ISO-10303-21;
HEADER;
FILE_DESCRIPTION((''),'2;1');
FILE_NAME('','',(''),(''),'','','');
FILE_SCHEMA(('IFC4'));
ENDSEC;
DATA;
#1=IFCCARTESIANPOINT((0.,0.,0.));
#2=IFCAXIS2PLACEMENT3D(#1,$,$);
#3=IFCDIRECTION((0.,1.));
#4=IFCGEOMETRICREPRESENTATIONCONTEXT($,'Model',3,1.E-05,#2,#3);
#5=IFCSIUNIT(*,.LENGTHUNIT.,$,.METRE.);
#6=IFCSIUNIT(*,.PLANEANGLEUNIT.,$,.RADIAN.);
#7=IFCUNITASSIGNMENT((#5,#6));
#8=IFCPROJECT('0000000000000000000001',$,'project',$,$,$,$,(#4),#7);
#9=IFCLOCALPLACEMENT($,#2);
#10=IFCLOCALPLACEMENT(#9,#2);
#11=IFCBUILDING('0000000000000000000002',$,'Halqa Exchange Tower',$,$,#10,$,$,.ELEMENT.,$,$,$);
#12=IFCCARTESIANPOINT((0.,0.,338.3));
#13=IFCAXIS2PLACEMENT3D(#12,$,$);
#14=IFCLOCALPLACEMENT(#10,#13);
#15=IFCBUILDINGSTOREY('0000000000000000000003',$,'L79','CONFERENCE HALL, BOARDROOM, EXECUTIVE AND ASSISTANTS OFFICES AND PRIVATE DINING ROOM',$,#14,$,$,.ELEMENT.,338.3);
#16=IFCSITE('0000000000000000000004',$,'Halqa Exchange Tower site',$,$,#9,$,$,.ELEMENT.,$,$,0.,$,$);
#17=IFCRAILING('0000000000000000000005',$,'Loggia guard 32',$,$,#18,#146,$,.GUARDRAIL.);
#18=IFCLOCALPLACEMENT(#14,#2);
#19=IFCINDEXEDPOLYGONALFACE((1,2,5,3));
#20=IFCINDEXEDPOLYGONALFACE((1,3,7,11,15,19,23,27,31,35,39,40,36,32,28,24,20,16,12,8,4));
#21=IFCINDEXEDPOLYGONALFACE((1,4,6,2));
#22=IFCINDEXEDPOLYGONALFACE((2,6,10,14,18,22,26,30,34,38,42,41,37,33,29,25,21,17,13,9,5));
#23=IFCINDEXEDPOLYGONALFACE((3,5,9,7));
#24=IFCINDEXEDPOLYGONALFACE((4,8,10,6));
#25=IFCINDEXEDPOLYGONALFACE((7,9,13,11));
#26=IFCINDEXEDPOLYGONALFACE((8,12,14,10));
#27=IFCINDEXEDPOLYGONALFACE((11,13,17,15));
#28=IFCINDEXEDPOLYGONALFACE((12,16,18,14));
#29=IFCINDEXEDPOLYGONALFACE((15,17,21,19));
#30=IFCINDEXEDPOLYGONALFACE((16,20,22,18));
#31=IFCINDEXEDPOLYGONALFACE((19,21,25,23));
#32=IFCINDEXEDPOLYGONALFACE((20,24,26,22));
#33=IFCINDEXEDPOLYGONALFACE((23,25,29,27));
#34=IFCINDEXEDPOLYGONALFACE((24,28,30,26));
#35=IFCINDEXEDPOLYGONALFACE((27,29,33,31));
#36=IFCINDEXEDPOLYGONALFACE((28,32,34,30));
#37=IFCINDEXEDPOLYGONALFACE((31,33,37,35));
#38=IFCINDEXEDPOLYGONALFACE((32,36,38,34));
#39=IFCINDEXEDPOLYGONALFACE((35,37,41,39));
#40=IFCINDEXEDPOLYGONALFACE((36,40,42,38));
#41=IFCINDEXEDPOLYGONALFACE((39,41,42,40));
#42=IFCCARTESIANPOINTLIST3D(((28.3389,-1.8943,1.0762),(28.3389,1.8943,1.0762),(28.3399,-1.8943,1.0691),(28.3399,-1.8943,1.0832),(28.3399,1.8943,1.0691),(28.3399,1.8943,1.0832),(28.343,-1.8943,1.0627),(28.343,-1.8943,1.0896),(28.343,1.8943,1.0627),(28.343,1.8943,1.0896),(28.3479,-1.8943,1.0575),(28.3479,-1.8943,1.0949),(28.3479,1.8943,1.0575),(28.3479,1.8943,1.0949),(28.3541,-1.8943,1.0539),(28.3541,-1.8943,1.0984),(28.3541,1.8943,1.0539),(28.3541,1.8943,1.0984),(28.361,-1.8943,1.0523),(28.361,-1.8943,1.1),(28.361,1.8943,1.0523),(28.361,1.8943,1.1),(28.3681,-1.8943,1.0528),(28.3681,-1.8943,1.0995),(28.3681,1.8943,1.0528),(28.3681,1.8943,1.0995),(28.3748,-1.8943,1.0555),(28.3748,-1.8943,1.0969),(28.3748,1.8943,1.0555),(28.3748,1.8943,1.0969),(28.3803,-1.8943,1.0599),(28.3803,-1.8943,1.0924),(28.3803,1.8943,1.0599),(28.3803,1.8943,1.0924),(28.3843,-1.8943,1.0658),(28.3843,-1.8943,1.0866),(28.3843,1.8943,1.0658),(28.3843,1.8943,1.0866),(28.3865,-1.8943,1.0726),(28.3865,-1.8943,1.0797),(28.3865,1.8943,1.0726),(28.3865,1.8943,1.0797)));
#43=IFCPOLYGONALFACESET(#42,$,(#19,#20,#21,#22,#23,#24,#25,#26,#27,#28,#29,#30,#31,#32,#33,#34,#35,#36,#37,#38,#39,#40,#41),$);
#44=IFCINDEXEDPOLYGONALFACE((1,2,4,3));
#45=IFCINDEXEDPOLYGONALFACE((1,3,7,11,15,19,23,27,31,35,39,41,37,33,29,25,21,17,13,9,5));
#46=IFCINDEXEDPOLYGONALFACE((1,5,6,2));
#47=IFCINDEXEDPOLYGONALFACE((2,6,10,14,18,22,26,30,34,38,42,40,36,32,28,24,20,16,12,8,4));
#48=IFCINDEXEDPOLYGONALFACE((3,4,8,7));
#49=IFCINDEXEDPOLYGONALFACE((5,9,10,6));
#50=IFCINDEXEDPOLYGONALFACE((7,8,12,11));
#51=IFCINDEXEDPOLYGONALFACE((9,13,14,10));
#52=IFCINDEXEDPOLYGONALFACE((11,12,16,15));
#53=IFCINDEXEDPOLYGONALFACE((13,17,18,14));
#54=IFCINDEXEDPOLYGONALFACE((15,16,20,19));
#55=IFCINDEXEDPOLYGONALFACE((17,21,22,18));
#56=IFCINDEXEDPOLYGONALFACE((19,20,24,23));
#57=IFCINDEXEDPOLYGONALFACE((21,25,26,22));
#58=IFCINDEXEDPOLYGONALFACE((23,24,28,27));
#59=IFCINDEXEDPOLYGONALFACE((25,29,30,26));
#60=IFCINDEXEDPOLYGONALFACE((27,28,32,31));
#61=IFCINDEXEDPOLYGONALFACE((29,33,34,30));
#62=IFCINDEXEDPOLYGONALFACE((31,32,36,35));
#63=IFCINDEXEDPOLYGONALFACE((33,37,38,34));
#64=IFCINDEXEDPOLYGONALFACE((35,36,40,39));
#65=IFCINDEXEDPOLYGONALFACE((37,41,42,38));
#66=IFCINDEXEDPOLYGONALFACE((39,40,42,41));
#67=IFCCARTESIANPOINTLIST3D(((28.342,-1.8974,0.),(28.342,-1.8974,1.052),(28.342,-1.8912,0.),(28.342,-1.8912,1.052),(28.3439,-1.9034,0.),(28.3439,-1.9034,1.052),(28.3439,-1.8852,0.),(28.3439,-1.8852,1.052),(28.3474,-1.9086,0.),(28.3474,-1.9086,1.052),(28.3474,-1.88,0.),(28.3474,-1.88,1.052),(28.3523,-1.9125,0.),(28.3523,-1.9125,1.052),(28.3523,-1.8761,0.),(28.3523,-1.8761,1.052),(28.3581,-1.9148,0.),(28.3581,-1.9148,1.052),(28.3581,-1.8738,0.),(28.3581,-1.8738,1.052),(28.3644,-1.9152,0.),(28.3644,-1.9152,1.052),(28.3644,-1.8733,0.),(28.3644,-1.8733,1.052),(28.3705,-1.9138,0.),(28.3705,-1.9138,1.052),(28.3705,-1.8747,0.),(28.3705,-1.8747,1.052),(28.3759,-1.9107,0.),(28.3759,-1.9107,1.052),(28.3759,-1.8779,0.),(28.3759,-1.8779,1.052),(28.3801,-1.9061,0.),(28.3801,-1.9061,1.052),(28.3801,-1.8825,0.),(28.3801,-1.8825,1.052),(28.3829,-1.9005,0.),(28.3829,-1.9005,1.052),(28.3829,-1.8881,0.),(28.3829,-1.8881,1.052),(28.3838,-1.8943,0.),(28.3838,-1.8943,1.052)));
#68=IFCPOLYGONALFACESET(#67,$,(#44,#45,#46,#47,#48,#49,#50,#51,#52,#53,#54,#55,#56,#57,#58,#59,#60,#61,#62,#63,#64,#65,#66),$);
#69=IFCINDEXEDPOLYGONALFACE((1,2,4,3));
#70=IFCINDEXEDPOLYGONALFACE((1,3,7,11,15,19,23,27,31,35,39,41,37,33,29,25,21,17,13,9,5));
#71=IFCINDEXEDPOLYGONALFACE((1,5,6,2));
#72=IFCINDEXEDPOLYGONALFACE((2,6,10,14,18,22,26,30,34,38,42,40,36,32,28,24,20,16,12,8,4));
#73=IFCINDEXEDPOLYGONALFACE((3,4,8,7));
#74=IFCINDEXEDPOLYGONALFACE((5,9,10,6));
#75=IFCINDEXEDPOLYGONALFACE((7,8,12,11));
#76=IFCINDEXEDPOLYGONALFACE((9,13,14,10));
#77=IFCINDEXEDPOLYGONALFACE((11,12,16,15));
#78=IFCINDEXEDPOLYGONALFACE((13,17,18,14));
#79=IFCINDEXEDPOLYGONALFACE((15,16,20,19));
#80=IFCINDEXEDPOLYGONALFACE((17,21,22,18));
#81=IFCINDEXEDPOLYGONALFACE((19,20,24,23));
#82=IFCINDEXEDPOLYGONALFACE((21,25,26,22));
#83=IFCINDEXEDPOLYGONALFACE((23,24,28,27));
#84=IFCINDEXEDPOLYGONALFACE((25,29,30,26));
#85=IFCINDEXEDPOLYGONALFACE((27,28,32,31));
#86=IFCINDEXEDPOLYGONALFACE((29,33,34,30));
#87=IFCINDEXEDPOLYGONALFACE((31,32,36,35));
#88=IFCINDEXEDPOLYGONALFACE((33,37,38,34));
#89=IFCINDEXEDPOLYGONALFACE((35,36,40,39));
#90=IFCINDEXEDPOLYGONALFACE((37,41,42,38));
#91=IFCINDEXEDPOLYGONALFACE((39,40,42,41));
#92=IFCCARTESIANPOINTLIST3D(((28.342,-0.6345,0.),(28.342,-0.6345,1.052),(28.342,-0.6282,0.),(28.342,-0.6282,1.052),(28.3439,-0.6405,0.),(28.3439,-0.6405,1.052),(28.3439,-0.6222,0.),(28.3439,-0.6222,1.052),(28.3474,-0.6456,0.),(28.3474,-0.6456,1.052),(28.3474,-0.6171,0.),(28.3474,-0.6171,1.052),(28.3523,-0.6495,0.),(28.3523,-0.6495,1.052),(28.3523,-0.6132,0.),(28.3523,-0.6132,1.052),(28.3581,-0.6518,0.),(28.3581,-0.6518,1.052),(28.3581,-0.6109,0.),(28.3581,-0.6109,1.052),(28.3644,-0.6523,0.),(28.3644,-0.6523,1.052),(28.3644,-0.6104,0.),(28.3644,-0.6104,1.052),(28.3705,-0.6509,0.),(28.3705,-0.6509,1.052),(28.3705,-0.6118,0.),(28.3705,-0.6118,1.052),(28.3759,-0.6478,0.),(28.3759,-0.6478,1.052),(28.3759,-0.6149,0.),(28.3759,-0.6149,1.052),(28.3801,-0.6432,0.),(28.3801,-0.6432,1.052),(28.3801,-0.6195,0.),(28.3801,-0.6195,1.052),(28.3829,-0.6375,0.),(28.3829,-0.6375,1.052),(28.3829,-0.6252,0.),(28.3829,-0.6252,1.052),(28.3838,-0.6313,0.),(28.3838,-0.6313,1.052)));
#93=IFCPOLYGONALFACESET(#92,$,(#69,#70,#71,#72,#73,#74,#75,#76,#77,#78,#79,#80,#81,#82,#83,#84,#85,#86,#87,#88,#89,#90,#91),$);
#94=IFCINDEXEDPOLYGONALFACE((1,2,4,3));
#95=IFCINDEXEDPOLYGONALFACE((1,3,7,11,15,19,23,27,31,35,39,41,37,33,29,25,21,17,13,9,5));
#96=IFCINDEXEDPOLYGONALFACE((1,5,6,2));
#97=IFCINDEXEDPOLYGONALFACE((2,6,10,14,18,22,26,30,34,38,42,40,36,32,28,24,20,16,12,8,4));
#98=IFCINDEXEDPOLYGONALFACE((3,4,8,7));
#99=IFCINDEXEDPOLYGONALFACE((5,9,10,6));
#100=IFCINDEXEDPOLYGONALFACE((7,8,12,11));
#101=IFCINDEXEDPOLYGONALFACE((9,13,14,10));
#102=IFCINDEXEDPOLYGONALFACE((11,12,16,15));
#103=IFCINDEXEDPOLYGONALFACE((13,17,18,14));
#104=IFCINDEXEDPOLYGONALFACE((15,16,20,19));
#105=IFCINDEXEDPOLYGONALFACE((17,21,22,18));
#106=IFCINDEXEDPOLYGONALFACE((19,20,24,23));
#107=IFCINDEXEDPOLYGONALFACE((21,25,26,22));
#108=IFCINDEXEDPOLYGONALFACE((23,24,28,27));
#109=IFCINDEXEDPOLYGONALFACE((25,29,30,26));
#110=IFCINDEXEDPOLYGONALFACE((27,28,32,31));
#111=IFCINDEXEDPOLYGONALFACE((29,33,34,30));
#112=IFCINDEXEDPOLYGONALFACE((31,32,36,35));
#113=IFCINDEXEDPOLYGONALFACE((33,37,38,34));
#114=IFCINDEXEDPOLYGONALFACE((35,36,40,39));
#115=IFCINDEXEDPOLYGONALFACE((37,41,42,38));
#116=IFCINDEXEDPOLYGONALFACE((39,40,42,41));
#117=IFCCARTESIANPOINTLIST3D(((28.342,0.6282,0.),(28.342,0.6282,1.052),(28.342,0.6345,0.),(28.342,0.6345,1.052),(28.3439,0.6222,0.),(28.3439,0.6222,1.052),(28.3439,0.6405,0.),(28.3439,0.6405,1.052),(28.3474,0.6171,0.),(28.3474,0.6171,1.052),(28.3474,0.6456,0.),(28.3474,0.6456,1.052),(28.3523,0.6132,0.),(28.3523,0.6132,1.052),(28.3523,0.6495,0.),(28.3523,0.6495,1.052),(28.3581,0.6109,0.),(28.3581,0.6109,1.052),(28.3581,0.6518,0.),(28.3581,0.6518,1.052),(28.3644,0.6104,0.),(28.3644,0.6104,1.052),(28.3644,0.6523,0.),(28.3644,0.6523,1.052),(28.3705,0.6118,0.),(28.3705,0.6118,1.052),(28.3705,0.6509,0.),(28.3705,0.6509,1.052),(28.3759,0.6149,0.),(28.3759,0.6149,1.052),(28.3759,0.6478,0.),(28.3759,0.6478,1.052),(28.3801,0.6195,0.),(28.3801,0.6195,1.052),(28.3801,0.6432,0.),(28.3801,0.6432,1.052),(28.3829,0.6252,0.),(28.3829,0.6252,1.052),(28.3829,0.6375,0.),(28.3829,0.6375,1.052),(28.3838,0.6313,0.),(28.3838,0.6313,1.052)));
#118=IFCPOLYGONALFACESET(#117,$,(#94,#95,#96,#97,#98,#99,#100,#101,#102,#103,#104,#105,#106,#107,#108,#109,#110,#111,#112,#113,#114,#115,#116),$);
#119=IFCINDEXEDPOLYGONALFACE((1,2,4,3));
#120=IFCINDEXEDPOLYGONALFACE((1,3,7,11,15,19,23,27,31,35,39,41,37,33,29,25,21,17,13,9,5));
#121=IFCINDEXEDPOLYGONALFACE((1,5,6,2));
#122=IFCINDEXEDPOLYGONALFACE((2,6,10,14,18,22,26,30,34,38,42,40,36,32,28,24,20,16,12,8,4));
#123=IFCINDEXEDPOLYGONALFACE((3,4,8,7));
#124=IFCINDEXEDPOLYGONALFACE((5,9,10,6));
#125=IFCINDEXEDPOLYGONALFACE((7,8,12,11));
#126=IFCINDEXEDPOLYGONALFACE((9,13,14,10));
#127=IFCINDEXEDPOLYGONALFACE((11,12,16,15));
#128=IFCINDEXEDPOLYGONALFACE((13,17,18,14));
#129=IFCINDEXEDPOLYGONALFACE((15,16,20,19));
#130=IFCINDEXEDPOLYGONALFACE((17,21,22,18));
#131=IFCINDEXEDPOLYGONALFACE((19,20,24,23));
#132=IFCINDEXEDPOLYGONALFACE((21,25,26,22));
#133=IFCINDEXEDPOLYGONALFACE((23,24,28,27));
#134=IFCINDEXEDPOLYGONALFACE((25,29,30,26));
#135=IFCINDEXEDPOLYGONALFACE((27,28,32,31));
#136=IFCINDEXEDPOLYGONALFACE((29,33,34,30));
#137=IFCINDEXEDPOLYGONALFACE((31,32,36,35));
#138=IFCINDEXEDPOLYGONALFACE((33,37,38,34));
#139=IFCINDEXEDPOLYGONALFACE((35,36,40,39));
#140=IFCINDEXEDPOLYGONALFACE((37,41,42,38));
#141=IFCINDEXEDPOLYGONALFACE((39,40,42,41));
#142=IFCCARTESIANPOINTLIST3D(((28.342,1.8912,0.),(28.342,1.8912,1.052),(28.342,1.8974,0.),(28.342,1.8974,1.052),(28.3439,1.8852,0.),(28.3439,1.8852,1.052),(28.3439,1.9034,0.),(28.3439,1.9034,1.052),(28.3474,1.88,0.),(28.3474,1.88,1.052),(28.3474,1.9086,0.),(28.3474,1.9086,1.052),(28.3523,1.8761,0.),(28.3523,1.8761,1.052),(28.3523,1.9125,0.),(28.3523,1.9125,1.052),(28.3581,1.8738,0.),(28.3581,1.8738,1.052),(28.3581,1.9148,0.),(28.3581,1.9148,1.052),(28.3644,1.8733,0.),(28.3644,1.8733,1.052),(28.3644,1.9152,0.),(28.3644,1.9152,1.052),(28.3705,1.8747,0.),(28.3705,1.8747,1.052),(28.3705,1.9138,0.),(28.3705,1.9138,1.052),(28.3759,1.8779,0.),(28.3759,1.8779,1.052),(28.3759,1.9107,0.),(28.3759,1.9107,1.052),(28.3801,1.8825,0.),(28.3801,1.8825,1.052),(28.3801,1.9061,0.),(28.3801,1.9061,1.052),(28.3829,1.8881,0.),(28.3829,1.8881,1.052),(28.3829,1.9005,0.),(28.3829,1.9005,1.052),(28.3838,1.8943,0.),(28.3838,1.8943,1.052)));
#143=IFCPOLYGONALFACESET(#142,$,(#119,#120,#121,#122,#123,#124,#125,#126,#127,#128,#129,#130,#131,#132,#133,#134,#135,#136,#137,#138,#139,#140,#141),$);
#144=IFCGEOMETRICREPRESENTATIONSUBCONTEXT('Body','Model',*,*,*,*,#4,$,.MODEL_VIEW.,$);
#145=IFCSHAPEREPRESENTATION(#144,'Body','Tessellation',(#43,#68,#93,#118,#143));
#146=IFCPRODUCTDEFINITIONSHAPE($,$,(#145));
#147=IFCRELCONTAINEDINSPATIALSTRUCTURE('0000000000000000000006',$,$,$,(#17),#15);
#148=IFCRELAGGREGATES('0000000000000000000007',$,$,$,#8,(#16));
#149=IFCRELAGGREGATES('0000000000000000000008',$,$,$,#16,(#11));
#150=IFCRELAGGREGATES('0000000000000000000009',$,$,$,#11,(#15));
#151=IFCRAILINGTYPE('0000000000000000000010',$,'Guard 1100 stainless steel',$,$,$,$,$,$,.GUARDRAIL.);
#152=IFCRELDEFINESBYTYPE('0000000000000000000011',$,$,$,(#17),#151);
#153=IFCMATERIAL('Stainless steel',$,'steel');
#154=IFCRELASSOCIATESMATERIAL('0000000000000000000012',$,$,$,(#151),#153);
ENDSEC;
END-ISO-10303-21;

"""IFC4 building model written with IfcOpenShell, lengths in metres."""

from ifc_helpers import new_model, si_unit, direction, frame, origin, origin_2d, place, context, subcontext, project, spatial, circle, extrude, material, type_object, element, save


model = new_model("IFC4")

# Units and contexts
model_context = context("Model", 3, precision=1e-05, world=origin(), true_north=direction((0.0, 1.0)))
body_context = subcontext(model_context, "Body", "Model", "MODEL_VIEW")
ifc_project = project(units=[si_unit("LENGTHUNIT", "METRE"), si_unit("PLANEANGLEUNIT", "RADIAN")], contexts=[model_context])

# Site, building, storey
site_placement = place(None, origin())
site = spatial("IfcSite", under=ifc_project, at=site_placement, Name="Halqa Exchange Tower site", CompositionType="ELEMENT", RefElevation=0.0)
building_placement = place(site_placement, origin())
building = spatial("IfcBuilding", under=site, at=building_placement, Name="Halqa Exchange Tower", CompositionType="ELEMENT")
storey_placement = place(building_placement, frame((0.0, 0.0, 338.3)))
storey = spatial("IfcBuildingStorey", under=building, at=storey_placement, Name="L79", Description="CONFERENCE HALL, BOARDROOM, EXECUTIVE AND ASSISTANTS OFFICES AND PRIVATE DINING ROOM", CompositionType="ELEMENT", Elevation=338.3)

# Railing
ifc_material_1 = material(Name="Stainless steel", Category="steel")
railing_type = type_object("IfcRailingType", Name="Guard 1100 stainless steel", PredefinedType="GUARDRAIL", material=ifc_material_1)
railing_1_placement = place(storey_placement, frame((28.3628, -1.8943, 0.0)))
element("IfcRailing", 1, at=railing_1_placement, inside=storey, type_object=railing_type, Name="Loggia guard 32", PredefinedType="GUARDRAIL", context=body_context, shape_type="SweptSolid", body=[
    extrude(circle(Radius=0.0239, at=origin_2d()), frame((0.0, 0.0, 1.0762), z_axis=(0.0, 1.0, 0.0), x_axis=(-1.0, 0.0, 0.0)), (0.0, 0.0, 1.0), 3.7886),
    extrude(circle(Radius=0.021, at=origin_2d()), origin(), (0.0, 0.0, 1.0), 1.052),
    extrude(circle(Radius=0.021, at=origin_2d()), frame((0.0, 1.2629, 0.0)), (0.0, 0.0, 1.0), 1.052),
    extrude(circle(Radius=0.021, at=origin_2d()), frame((0.0, 2.5256, 0.0)), (0.0, 0.0, 1.0), 1.052),
    extrude(circle(Radius=0.021, at=origin_2d()), frame((0.0, 3.7886, 0.0)), (0.0, 0.0, 1.0), 1.052),
])

save(model, "model.ifc")
